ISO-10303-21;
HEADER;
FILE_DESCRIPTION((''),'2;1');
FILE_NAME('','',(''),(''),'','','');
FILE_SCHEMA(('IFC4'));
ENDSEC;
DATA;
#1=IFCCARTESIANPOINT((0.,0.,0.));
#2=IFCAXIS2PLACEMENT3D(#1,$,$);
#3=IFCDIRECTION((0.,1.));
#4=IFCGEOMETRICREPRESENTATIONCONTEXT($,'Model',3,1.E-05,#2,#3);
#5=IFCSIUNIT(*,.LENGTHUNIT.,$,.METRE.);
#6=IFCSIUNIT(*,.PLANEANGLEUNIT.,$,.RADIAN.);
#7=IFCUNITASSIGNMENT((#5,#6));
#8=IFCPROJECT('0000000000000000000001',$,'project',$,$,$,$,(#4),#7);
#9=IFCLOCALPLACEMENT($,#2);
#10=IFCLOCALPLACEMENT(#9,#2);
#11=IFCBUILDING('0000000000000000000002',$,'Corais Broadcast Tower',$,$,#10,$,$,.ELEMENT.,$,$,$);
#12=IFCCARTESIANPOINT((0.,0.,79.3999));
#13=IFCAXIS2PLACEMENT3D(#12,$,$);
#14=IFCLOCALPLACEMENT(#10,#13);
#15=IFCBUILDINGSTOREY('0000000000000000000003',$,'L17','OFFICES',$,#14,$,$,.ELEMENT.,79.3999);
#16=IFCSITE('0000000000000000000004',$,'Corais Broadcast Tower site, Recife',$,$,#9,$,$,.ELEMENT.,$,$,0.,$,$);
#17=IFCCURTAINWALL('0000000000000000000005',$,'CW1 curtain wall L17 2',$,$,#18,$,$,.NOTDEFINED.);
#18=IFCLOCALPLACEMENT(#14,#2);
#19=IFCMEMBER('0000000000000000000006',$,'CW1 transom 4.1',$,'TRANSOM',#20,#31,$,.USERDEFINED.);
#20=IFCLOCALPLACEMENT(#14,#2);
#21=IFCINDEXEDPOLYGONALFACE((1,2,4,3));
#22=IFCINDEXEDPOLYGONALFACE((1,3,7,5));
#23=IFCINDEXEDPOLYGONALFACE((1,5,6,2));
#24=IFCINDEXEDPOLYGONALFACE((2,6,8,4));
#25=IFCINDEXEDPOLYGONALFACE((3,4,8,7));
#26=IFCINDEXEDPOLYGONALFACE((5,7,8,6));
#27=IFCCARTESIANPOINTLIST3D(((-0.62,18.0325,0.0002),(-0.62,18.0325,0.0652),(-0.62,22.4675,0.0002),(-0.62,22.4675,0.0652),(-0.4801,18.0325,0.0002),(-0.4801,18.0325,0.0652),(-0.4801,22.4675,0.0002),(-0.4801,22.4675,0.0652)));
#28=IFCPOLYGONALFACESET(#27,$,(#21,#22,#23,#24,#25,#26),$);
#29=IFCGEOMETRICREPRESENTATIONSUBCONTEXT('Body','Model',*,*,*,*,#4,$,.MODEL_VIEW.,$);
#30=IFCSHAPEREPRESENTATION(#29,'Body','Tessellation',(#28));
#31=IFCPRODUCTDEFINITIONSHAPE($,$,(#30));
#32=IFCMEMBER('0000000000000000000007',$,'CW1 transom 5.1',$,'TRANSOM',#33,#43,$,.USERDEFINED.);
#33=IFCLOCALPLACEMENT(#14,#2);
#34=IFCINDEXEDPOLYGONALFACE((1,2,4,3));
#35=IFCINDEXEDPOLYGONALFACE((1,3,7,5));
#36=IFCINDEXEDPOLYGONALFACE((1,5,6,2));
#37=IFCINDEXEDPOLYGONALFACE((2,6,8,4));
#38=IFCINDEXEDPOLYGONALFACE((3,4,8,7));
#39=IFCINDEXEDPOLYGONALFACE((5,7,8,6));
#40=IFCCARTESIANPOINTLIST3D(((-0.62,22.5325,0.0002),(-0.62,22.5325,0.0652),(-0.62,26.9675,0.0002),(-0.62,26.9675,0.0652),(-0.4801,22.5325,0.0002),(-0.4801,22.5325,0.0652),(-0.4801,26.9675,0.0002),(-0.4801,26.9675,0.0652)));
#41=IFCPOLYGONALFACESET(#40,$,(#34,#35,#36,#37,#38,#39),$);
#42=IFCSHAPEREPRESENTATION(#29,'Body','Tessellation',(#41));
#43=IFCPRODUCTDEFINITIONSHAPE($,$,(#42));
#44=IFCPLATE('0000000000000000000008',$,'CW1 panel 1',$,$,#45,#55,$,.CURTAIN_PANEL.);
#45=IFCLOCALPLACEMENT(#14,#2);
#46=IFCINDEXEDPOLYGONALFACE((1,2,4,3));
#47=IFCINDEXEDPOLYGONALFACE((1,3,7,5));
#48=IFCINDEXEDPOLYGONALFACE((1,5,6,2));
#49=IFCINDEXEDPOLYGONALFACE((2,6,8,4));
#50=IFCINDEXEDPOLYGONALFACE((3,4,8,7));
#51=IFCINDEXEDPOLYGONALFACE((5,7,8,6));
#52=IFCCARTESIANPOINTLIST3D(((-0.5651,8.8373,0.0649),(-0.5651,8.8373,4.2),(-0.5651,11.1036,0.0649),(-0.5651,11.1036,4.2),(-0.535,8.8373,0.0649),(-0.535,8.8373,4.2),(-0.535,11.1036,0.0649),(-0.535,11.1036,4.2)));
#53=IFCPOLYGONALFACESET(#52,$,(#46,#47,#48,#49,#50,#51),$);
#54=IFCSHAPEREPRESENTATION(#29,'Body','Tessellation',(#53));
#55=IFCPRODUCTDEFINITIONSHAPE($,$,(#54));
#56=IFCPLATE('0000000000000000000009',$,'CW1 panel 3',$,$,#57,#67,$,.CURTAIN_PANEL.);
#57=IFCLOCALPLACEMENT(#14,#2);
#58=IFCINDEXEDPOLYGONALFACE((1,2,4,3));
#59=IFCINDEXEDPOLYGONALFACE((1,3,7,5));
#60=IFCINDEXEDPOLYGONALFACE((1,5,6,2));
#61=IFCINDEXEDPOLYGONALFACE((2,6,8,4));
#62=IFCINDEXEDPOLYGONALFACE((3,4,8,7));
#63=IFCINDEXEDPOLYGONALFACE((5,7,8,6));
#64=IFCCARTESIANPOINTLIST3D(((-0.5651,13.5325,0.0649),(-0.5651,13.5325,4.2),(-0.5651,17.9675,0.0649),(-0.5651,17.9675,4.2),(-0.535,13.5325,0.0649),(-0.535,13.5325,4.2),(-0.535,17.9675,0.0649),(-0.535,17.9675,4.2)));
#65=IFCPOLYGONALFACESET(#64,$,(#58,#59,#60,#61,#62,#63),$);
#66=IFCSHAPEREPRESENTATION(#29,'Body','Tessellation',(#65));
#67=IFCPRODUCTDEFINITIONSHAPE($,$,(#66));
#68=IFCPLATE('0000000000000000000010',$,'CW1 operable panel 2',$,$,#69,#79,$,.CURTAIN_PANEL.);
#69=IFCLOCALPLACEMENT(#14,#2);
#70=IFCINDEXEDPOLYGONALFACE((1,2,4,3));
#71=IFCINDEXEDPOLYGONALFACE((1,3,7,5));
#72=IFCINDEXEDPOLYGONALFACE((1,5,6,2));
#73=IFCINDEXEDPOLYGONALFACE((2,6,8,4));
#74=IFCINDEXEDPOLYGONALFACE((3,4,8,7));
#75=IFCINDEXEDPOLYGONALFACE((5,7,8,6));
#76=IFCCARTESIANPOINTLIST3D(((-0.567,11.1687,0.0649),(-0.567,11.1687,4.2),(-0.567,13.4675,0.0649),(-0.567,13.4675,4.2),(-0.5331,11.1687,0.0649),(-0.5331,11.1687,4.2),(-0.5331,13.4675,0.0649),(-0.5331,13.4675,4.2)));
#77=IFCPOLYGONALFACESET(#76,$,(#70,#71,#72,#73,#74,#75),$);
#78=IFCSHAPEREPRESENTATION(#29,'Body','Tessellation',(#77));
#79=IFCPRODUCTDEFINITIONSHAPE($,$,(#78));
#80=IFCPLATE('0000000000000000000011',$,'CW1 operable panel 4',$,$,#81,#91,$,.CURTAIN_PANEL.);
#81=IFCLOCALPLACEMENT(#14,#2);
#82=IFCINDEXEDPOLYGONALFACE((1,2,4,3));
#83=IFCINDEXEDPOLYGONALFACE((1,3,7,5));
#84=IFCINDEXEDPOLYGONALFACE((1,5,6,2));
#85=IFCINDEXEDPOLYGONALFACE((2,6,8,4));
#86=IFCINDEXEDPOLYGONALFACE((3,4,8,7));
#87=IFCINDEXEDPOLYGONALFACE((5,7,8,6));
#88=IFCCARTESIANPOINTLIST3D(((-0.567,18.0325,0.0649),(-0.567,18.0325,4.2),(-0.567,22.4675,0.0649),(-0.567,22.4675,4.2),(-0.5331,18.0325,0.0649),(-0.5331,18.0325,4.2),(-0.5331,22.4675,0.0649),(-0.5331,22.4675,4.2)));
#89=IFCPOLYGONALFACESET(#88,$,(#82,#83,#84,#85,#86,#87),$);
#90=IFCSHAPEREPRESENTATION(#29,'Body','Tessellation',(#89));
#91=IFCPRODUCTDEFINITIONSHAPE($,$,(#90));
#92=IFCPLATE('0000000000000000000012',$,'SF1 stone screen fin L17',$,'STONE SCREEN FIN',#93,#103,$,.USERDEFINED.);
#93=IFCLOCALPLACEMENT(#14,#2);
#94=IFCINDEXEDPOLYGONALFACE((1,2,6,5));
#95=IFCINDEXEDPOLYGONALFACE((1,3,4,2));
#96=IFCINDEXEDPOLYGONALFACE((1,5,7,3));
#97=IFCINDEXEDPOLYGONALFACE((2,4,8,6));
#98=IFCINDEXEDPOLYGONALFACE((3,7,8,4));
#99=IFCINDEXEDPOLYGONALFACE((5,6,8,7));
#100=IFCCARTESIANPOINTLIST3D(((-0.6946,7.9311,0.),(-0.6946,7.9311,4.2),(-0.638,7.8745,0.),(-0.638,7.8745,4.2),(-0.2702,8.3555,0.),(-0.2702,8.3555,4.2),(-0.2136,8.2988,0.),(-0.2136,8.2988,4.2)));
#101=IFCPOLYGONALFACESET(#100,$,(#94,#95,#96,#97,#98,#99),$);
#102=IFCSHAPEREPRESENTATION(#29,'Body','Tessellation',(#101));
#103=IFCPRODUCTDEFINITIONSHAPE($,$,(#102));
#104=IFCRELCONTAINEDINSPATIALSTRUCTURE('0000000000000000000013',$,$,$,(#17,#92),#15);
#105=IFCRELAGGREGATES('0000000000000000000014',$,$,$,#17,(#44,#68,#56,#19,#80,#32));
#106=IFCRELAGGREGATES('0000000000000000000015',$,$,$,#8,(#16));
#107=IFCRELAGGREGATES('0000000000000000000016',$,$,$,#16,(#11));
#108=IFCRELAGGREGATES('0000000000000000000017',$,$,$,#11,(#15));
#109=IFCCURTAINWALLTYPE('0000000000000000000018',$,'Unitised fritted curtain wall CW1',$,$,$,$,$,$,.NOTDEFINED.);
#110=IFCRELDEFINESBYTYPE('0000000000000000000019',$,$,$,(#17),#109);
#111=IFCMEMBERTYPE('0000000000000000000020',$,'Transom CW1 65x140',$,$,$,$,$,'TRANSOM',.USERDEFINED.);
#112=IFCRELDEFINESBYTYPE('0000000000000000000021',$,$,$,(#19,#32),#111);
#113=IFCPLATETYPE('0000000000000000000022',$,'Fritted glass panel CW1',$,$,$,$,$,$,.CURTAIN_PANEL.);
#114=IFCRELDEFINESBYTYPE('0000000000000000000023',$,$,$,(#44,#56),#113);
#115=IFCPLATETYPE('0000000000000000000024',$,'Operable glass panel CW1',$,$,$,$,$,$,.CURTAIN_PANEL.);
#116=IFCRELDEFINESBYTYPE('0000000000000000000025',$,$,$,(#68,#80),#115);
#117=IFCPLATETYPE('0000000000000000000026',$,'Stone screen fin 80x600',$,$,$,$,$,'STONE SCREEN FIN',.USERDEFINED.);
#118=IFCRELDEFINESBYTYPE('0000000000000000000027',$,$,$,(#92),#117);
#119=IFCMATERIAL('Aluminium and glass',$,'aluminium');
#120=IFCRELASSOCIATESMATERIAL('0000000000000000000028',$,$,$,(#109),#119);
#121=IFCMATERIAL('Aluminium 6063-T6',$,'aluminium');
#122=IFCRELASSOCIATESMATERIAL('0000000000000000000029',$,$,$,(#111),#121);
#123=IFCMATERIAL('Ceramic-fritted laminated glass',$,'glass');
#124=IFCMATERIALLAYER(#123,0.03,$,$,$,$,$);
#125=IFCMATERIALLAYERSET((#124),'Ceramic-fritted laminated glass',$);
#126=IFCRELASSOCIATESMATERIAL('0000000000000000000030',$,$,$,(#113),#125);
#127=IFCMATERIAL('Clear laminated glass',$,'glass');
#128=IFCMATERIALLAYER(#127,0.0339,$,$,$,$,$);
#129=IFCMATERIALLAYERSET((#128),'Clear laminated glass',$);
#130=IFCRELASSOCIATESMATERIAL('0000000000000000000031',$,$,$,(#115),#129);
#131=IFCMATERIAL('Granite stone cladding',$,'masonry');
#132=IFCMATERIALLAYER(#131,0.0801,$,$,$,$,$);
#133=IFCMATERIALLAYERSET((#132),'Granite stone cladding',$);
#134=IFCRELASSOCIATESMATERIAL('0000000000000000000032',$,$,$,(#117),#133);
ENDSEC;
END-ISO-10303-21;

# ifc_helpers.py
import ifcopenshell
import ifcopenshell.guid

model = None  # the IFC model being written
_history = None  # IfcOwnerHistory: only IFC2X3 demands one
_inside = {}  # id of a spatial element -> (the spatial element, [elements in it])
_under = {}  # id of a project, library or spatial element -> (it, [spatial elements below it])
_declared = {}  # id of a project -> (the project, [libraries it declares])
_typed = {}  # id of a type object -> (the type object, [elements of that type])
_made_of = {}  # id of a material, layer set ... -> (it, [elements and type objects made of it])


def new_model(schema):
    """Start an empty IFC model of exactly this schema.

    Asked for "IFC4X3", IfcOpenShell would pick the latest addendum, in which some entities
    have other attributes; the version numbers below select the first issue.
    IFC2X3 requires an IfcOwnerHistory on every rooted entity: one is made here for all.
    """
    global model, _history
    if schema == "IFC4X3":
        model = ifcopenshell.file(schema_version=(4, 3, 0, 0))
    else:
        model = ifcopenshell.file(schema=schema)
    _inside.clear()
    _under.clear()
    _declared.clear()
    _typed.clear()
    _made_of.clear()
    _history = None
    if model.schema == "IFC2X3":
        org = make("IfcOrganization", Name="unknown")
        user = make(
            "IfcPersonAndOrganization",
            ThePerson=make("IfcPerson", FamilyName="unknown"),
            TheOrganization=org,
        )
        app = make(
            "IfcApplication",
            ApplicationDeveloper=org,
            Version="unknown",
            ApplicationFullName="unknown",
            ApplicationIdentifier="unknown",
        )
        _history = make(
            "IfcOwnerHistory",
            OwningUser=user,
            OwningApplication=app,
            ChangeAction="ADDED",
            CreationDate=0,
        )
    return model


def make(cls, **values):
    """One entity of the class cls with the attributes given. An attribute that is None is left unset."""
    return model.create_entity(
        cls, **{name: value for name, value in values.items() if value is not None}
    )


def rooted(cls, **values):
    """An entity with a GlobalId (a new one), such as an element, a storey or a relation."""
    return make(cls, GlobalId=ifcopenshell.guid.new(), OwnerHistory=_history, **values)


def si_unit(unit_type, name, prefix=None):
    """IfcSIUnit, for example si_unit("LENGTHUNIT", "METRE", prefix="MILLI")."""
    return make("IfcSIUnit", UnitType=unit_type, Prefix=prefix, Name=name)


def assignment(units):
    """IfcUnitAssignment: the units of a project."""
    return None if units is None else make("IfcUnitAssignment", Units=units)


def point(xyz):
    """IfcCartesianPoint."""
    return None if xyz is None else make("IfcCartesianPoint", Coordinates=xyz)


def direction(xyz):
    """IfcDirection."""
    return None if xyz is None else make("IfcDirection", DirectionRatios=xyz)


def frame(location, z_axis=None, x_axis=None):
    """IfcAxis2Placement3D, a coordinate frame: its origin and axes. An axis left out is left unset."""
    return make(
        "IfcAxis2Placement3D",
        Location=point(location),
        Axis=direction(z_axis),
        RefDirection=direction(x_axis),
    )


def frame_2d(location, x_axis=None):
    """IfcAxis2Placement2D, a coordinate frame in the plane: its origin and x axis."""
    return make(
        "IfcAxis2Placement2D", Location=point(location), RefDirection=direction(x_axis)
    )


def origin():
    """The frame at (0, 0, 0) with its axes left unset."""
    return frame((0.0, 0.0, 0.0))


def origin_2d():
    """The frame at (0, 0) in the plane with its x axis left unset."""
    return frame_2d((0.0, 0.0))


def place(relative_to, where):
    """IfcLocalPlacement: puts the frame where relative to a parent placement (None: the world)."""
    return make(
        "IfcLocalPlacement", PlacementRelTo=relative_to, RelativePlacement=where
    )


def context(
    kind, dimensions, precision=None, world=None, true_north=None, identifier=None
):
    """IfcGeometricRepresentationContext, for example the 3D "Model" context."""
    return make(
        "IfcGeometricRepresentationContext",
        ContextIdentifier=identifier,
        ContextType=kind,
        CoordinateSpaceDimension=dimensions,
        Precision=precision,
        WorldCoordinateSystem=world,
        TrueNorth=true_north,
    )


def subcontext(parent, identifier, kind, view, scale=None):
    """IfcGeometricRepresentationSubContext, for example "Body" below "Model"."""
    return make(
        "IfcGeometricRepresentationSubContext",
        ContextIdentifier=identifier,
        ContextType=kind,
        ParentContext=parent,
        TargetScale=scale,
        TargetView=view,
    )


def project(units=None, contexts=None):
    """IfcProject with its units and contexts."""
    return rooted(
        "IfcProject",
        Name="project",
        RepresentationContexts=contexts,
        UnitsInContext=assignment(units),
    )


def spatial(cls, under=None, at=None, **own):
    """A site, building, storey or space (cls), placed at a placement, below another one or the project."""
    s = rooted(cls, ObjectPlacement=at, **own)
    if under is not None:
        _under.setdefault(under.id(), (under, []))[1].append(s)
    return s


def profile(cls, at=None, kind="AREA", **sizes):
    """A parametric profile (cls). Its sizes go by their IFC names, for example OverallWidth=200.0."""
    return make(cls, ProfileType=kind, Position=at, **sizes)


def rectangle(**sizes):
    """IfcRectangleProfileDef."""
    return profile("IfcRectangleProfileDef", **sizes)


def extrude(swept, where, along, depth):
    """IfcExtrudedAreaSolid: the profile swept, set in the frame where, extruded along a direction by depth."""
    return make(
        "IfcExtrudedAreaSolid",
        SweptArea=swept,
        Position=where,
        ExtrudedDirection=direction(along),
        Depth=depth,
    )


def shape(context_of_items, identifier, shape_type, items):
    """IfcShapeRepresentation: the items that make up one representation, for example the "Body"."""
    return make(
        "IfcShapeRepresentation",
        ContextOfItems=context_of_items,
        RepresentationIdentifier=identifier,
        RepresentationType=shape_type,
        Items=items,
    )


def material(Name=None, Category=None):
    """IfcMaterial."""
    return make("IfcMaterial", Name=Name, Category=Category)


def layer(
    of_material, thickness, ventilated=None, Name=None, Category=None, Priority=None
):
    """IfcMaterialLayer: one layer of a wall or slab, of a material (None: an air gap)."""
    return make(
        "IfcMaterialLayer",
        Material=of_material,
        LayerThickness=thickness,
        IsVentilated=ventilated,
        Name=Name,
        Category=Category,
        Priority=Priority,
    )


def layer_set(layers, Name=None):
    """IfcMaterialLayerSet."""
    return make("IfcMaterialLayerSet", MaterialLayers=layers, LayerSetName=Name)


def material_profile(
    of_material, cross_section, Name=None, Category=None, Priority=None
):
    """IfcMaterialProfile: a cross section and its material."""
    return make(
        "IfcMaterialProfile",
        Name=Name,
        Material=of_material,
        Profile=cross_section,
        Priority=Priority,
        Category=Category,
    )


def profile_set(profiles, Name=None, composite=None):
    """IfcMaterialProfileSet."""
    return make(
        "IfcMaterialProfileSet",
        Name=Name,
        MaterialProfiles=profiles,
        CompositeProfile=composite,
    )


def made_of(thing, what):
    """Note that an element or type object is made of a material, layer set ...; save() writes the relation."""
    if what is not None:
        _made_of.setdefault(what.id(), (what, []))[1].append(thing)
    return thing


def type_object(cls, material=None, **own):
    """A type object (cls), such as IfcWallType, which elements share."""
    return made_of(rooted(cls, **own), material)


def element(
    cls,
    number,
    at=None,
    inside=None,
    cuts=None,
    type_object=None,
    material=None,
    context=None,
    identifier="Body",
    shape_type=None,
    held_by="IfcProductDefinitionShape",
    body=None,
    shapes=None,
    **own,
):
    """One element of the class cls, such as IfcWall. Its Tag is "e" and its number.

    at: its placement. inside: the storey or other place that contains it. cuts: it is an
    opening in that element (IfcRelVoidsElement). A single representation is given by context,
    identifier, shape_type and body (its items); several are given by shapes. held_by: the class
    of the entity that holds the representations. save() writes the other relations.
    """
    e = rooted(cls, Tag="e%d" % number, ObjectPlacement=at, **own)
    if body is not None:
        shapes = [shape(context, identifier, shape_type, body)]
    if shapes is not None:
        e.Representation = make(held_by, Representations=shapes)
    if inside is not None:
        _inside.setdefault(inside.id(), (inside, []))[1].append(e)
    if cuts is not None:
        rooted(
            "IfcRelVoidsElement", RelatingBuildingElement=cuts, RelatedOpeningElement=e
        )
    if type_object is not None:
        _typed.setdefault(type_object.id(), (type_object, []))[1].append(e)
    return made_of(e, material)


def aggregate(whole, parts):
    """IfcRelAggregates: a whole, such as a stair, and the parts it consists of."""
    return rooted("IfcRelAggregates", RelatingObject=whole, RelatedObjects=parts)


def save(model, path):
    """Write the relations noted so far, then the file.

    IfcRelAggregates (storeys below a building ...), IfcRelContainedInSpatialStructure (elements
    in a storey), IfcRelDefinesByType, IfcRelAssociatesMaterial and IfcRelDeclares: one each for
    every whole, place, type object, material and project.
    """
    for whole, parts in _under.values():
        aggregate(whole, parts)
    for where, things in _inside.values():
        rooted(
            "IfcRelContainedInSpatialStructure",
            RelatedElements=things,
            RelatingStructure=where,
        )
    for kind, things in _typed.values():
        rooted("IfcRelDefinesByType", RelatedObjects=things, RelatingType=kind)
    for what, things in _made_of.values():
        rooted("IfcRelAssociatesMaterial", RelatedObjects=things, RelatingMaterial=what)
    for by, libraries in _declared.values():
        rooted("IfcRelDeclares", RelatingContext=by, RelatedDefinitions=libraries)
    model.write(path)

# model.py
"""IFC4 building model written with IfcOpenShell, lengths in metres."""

from ifc_helpers import new_model, si_unit, direction, frame, origin, origin_2d, place, context, subcontext, project, spatial, rectangle, extrude, material, layer, layer_set, material_profile, profile_set, type_object, element, aggregate, save


model = new_model("IFC4")

# Units and contexts
model_context = context("Model", 3, precision=1e-05, world=origin(), true_north=direction((0.0, 1.0)))
body_context = subcontext(model_context, "Body", "Model", "MODEL_VIEW")
ifc_project = project(units=[si_unit("LENGTHUNIT", "METRE"), si_unit("PLANEANGLEUNIT", "RADIAN")], contexts=[model_context])

# Site, building, storey
site_placement = place(None, origin())
site = spatial("IfcSite", under=ifc_project, at=site_placement, Name="Corais Broadcast Tower site, Recife", CompositionType="ELEMENT", RefElevation=0.0)
building_placement = place(site_placement, origin())
building = spatial("IfcBuilding", under=site, at=building_placement, Name="Corais Broadcast Tower", CompositionType="ELEMENT")
storey_placement = place(building_placement, frame((0.0, 0.0, 79.3999)))
storey = spatial("IfcBuildingStorey", under=building, at=storey_placement, Name="L17", Description="OFFICES", CompositionType="ELEMENT", Elevation=79.3999)

# Shared definitions
ifc_material_1 = material(Name="Aluminium and glass", Category="aluminium")
curtain_wall_type = type_object("IfcCurtainWallType", Name="Unitised fritted curtain wall CW1", PredefinedType="NOTDEFINED", material=ifc_material_1)

# Curtain wall
curtain_wall_1_placement = place(storey_placement, origin())
curtain_wall_1 = element("IfcCurtainWall", 1, at=curtain_wall_1_placement, inside=storey, type_object=curtain_wall_type, Name="CW1 curtain wall L17 2", PredefinedType="NOTDEFINED")

# Members
ifc_material_2 = material(Name="Aluminium 6063-T6", Category="aluminium")
ifc_material_profile_1 = material_profile(ifc_material_2, rectangle(XDim=0.1399, YDim=0.0649, at=origin_2d()), Name="Transom CW1 65x140")
ifc_profile_set_1 = profile_set([ifc_material_profile_1], Name="Aluminium 6063-T6")
member_type_1 = type_object("IfcMemberType", Name="Transom CW1 65x140", ElementType="TRANSOM", PredefinedType="USERDEFINED", material=ifc_profile_set_1)
member_1_placement = place(storey_placement, frame((-0.55, 18.0325, 0.0327), z_axis=(0.0, 1.0, 0.0), x_axis=(-1.0, 0.0, 0.0)))
member_1 = element("IfcMember", 2, at=member_1_placement, type_object=member_type_1, Name="CW1 transom 4.1", ObjectType="TRANSOM", PredefinedType="USERDEFINED", context=body_context, shape_type="SweptSolid", body=[
    extrude(rectangle(XDim=0.1399, YDim=0.0649, at=origin_2d()), origin(), (0.0, 0.0, 1.0), 4.4351),
])
member_2_placement = place(storey_placement, frame((-0.55, 22.5325, 0.0327), z_axis=(0.0, 1.0, 0.0), x_axis=(-1.0, 0.0, 0.0)))
member_2 = element("IfcMember", 3, at=member_2_placement, type_object=member_type_1, Name="CW1 transom 5.1", ObjectType="TRANSOM", PredefinedType="USERDEFINED", context=body_context, shape_type="SweptSolid", body=[
    extrude(rectangle(XDim=0.1399, YDim=0.0649, at=origin_2d()), origin(), (0.0, 0.0, 1.0), 4.4351),
])

# Plates
ifc_material_3 = material(Name="Ceramic-fritted laminated glass", Category="glass")
ifc_layer_1 = layer(ifc_material_3, 0.03)
ifc_layer_set_1 = layer_set([ifc_layer_1], Name="Ceramic-fritted laminated glass")
plate_type_1 = type_object("IfcPlateType", Name="Fritted glass panel CW1", PredefinedType="CURTAIN_PANEL", material=ifc_layer_set_1)
plate_1_placement = place(storey_placement, frame((-0.55, 9.9705, 0.0649), z_axis=(0.0, 0.0, 1.0), x_axis=(0.0, 1.0, 0.0)))
plate_1 = element("IfcPlate", 4, at=plate_1_placement, type_object=plate_type_1, Name="CW1 panel 1", PredefinedType="CURTAIN_PANEL", context=body_context, shape_type="SweptSolid", body=[
    extrude(rectangle(XDim=2.2664, YDim=0.03, at=origin_2d()), origin(), (0.0, 0.0, 1.0), 4.135),
])
plate_2_placement = place(storey_placement, frame((-0.55, 15.75, 0.0649), z_axis=(0.0, 0.0, 1.0), x_axis=(0.0, 1.0, 0.0)))
plate_2 = element("IfcPlate", 5, at=plate_2_placement, type_object=plate_type_1, Name="CW1 panel 3", PredefinedType="CURTAIN_PANEL", context=body_context, shape_type="SweptSolid", body=[
    extrude(rectangle(XDim=4.4351, YDim=0.03, at=origin_2d()), origin(), (0.0, 0.0, 1.0), 4.135),
])
ifc_material_4 = material(Name="Clear laminated glass", Category="glass")
ifc_layer_2 = layer(ifc_material_4, 0.0339)
ifc_layer_set_2 = layer_set([ifc_layer_2], Name="Clear laminated glass")
plate_type_2 = type_object("IfcPlateType", Name="Operable glass panel CW1", PredefinedType="CURTAIN_PANEL", material=ifc_layer_set_2)
plate_3_placement = place(storey_placement, frame((-0.55, 12.3181, 0.0649), z_axis=(0.0, 0.0, 1.0), x_axis=(0.0, 1.0, 0.0)))
plate_3 = element("IfcPlate", 6, at=plate_3_placement, type_object=plate_type_2, Name="CW1 operable panel 2", PredefinedType="CURTAIN_PANEL", context=body_context, shape_type="SweptSolid", body=[
    extrude(rectangle(XDim=2.2988, YDim=0.0339, at=origin_2d()), origin(), (0.0, 0.0, 1.0), 4.135),
])
plate_4_placement = place(storey_placement, frame((-0.55, 20.25, 0.0649), z_axis=(0.0, 0.0, 1.0), x_axis=(0.0, 1.0, 0.0)))
plate_4 = element("IfcPlate", 7, at=plate_4_placement, type_object=plate_type_2, Name="CW1 operable panel 4", PredefinedType="CURTAIN_PANEL", context=body_context, shape_type="SweptSolid", body=[
    extrude(rectangle(XDim=4.4351, YDim=0.0339, at=origin_2d()), origin(), (0.0, 0.0, 1.0), 4.135),
])
aggregate(curtain_wall_1, [plate_1, plate_3, plate_2, member_1, plate_4, member_2])
ifc_material_5 = material(Name="Granite stone cladding", Category="masonry")
ifc_layer_3 = layer(ifc_material_5, 0.0801)
ifc_layer_set_3 = layer_set([ifc_layer_3], Name="Granite stone cladding")
plate_type_3 = type_object("IfcPlateType", Name="Stone screen fin 80x600", ElementType="STONE SCREEN FIN", PredefinedType="USERDEFINED", material=ifc_layer_set_3)
plate_5_placement = place(storey_placement, frame((-0.4541, 8.115, 0.0), z_axis=(0.0, 0.0, 1.0), x_axis=(-0.707107, 0.707107, 0.0)))
element("IfcPlate", 8, at=plate_5_placement, inside=storey, type_object=plate_type_3, Name="SF1 stone screen fin L17", ObjectType="STONE SCREEN FIN", PredefinedType="USERDEFINED", context=body_context, shape_type="SweptSolid", body=[
    extrude(rectangle(XDim=0.0801, YDim=0.6001, at=origin_2d()), origin(), (0.0, 0.0, 1.0), 4.2),
])

save(model, "model.ifc")
